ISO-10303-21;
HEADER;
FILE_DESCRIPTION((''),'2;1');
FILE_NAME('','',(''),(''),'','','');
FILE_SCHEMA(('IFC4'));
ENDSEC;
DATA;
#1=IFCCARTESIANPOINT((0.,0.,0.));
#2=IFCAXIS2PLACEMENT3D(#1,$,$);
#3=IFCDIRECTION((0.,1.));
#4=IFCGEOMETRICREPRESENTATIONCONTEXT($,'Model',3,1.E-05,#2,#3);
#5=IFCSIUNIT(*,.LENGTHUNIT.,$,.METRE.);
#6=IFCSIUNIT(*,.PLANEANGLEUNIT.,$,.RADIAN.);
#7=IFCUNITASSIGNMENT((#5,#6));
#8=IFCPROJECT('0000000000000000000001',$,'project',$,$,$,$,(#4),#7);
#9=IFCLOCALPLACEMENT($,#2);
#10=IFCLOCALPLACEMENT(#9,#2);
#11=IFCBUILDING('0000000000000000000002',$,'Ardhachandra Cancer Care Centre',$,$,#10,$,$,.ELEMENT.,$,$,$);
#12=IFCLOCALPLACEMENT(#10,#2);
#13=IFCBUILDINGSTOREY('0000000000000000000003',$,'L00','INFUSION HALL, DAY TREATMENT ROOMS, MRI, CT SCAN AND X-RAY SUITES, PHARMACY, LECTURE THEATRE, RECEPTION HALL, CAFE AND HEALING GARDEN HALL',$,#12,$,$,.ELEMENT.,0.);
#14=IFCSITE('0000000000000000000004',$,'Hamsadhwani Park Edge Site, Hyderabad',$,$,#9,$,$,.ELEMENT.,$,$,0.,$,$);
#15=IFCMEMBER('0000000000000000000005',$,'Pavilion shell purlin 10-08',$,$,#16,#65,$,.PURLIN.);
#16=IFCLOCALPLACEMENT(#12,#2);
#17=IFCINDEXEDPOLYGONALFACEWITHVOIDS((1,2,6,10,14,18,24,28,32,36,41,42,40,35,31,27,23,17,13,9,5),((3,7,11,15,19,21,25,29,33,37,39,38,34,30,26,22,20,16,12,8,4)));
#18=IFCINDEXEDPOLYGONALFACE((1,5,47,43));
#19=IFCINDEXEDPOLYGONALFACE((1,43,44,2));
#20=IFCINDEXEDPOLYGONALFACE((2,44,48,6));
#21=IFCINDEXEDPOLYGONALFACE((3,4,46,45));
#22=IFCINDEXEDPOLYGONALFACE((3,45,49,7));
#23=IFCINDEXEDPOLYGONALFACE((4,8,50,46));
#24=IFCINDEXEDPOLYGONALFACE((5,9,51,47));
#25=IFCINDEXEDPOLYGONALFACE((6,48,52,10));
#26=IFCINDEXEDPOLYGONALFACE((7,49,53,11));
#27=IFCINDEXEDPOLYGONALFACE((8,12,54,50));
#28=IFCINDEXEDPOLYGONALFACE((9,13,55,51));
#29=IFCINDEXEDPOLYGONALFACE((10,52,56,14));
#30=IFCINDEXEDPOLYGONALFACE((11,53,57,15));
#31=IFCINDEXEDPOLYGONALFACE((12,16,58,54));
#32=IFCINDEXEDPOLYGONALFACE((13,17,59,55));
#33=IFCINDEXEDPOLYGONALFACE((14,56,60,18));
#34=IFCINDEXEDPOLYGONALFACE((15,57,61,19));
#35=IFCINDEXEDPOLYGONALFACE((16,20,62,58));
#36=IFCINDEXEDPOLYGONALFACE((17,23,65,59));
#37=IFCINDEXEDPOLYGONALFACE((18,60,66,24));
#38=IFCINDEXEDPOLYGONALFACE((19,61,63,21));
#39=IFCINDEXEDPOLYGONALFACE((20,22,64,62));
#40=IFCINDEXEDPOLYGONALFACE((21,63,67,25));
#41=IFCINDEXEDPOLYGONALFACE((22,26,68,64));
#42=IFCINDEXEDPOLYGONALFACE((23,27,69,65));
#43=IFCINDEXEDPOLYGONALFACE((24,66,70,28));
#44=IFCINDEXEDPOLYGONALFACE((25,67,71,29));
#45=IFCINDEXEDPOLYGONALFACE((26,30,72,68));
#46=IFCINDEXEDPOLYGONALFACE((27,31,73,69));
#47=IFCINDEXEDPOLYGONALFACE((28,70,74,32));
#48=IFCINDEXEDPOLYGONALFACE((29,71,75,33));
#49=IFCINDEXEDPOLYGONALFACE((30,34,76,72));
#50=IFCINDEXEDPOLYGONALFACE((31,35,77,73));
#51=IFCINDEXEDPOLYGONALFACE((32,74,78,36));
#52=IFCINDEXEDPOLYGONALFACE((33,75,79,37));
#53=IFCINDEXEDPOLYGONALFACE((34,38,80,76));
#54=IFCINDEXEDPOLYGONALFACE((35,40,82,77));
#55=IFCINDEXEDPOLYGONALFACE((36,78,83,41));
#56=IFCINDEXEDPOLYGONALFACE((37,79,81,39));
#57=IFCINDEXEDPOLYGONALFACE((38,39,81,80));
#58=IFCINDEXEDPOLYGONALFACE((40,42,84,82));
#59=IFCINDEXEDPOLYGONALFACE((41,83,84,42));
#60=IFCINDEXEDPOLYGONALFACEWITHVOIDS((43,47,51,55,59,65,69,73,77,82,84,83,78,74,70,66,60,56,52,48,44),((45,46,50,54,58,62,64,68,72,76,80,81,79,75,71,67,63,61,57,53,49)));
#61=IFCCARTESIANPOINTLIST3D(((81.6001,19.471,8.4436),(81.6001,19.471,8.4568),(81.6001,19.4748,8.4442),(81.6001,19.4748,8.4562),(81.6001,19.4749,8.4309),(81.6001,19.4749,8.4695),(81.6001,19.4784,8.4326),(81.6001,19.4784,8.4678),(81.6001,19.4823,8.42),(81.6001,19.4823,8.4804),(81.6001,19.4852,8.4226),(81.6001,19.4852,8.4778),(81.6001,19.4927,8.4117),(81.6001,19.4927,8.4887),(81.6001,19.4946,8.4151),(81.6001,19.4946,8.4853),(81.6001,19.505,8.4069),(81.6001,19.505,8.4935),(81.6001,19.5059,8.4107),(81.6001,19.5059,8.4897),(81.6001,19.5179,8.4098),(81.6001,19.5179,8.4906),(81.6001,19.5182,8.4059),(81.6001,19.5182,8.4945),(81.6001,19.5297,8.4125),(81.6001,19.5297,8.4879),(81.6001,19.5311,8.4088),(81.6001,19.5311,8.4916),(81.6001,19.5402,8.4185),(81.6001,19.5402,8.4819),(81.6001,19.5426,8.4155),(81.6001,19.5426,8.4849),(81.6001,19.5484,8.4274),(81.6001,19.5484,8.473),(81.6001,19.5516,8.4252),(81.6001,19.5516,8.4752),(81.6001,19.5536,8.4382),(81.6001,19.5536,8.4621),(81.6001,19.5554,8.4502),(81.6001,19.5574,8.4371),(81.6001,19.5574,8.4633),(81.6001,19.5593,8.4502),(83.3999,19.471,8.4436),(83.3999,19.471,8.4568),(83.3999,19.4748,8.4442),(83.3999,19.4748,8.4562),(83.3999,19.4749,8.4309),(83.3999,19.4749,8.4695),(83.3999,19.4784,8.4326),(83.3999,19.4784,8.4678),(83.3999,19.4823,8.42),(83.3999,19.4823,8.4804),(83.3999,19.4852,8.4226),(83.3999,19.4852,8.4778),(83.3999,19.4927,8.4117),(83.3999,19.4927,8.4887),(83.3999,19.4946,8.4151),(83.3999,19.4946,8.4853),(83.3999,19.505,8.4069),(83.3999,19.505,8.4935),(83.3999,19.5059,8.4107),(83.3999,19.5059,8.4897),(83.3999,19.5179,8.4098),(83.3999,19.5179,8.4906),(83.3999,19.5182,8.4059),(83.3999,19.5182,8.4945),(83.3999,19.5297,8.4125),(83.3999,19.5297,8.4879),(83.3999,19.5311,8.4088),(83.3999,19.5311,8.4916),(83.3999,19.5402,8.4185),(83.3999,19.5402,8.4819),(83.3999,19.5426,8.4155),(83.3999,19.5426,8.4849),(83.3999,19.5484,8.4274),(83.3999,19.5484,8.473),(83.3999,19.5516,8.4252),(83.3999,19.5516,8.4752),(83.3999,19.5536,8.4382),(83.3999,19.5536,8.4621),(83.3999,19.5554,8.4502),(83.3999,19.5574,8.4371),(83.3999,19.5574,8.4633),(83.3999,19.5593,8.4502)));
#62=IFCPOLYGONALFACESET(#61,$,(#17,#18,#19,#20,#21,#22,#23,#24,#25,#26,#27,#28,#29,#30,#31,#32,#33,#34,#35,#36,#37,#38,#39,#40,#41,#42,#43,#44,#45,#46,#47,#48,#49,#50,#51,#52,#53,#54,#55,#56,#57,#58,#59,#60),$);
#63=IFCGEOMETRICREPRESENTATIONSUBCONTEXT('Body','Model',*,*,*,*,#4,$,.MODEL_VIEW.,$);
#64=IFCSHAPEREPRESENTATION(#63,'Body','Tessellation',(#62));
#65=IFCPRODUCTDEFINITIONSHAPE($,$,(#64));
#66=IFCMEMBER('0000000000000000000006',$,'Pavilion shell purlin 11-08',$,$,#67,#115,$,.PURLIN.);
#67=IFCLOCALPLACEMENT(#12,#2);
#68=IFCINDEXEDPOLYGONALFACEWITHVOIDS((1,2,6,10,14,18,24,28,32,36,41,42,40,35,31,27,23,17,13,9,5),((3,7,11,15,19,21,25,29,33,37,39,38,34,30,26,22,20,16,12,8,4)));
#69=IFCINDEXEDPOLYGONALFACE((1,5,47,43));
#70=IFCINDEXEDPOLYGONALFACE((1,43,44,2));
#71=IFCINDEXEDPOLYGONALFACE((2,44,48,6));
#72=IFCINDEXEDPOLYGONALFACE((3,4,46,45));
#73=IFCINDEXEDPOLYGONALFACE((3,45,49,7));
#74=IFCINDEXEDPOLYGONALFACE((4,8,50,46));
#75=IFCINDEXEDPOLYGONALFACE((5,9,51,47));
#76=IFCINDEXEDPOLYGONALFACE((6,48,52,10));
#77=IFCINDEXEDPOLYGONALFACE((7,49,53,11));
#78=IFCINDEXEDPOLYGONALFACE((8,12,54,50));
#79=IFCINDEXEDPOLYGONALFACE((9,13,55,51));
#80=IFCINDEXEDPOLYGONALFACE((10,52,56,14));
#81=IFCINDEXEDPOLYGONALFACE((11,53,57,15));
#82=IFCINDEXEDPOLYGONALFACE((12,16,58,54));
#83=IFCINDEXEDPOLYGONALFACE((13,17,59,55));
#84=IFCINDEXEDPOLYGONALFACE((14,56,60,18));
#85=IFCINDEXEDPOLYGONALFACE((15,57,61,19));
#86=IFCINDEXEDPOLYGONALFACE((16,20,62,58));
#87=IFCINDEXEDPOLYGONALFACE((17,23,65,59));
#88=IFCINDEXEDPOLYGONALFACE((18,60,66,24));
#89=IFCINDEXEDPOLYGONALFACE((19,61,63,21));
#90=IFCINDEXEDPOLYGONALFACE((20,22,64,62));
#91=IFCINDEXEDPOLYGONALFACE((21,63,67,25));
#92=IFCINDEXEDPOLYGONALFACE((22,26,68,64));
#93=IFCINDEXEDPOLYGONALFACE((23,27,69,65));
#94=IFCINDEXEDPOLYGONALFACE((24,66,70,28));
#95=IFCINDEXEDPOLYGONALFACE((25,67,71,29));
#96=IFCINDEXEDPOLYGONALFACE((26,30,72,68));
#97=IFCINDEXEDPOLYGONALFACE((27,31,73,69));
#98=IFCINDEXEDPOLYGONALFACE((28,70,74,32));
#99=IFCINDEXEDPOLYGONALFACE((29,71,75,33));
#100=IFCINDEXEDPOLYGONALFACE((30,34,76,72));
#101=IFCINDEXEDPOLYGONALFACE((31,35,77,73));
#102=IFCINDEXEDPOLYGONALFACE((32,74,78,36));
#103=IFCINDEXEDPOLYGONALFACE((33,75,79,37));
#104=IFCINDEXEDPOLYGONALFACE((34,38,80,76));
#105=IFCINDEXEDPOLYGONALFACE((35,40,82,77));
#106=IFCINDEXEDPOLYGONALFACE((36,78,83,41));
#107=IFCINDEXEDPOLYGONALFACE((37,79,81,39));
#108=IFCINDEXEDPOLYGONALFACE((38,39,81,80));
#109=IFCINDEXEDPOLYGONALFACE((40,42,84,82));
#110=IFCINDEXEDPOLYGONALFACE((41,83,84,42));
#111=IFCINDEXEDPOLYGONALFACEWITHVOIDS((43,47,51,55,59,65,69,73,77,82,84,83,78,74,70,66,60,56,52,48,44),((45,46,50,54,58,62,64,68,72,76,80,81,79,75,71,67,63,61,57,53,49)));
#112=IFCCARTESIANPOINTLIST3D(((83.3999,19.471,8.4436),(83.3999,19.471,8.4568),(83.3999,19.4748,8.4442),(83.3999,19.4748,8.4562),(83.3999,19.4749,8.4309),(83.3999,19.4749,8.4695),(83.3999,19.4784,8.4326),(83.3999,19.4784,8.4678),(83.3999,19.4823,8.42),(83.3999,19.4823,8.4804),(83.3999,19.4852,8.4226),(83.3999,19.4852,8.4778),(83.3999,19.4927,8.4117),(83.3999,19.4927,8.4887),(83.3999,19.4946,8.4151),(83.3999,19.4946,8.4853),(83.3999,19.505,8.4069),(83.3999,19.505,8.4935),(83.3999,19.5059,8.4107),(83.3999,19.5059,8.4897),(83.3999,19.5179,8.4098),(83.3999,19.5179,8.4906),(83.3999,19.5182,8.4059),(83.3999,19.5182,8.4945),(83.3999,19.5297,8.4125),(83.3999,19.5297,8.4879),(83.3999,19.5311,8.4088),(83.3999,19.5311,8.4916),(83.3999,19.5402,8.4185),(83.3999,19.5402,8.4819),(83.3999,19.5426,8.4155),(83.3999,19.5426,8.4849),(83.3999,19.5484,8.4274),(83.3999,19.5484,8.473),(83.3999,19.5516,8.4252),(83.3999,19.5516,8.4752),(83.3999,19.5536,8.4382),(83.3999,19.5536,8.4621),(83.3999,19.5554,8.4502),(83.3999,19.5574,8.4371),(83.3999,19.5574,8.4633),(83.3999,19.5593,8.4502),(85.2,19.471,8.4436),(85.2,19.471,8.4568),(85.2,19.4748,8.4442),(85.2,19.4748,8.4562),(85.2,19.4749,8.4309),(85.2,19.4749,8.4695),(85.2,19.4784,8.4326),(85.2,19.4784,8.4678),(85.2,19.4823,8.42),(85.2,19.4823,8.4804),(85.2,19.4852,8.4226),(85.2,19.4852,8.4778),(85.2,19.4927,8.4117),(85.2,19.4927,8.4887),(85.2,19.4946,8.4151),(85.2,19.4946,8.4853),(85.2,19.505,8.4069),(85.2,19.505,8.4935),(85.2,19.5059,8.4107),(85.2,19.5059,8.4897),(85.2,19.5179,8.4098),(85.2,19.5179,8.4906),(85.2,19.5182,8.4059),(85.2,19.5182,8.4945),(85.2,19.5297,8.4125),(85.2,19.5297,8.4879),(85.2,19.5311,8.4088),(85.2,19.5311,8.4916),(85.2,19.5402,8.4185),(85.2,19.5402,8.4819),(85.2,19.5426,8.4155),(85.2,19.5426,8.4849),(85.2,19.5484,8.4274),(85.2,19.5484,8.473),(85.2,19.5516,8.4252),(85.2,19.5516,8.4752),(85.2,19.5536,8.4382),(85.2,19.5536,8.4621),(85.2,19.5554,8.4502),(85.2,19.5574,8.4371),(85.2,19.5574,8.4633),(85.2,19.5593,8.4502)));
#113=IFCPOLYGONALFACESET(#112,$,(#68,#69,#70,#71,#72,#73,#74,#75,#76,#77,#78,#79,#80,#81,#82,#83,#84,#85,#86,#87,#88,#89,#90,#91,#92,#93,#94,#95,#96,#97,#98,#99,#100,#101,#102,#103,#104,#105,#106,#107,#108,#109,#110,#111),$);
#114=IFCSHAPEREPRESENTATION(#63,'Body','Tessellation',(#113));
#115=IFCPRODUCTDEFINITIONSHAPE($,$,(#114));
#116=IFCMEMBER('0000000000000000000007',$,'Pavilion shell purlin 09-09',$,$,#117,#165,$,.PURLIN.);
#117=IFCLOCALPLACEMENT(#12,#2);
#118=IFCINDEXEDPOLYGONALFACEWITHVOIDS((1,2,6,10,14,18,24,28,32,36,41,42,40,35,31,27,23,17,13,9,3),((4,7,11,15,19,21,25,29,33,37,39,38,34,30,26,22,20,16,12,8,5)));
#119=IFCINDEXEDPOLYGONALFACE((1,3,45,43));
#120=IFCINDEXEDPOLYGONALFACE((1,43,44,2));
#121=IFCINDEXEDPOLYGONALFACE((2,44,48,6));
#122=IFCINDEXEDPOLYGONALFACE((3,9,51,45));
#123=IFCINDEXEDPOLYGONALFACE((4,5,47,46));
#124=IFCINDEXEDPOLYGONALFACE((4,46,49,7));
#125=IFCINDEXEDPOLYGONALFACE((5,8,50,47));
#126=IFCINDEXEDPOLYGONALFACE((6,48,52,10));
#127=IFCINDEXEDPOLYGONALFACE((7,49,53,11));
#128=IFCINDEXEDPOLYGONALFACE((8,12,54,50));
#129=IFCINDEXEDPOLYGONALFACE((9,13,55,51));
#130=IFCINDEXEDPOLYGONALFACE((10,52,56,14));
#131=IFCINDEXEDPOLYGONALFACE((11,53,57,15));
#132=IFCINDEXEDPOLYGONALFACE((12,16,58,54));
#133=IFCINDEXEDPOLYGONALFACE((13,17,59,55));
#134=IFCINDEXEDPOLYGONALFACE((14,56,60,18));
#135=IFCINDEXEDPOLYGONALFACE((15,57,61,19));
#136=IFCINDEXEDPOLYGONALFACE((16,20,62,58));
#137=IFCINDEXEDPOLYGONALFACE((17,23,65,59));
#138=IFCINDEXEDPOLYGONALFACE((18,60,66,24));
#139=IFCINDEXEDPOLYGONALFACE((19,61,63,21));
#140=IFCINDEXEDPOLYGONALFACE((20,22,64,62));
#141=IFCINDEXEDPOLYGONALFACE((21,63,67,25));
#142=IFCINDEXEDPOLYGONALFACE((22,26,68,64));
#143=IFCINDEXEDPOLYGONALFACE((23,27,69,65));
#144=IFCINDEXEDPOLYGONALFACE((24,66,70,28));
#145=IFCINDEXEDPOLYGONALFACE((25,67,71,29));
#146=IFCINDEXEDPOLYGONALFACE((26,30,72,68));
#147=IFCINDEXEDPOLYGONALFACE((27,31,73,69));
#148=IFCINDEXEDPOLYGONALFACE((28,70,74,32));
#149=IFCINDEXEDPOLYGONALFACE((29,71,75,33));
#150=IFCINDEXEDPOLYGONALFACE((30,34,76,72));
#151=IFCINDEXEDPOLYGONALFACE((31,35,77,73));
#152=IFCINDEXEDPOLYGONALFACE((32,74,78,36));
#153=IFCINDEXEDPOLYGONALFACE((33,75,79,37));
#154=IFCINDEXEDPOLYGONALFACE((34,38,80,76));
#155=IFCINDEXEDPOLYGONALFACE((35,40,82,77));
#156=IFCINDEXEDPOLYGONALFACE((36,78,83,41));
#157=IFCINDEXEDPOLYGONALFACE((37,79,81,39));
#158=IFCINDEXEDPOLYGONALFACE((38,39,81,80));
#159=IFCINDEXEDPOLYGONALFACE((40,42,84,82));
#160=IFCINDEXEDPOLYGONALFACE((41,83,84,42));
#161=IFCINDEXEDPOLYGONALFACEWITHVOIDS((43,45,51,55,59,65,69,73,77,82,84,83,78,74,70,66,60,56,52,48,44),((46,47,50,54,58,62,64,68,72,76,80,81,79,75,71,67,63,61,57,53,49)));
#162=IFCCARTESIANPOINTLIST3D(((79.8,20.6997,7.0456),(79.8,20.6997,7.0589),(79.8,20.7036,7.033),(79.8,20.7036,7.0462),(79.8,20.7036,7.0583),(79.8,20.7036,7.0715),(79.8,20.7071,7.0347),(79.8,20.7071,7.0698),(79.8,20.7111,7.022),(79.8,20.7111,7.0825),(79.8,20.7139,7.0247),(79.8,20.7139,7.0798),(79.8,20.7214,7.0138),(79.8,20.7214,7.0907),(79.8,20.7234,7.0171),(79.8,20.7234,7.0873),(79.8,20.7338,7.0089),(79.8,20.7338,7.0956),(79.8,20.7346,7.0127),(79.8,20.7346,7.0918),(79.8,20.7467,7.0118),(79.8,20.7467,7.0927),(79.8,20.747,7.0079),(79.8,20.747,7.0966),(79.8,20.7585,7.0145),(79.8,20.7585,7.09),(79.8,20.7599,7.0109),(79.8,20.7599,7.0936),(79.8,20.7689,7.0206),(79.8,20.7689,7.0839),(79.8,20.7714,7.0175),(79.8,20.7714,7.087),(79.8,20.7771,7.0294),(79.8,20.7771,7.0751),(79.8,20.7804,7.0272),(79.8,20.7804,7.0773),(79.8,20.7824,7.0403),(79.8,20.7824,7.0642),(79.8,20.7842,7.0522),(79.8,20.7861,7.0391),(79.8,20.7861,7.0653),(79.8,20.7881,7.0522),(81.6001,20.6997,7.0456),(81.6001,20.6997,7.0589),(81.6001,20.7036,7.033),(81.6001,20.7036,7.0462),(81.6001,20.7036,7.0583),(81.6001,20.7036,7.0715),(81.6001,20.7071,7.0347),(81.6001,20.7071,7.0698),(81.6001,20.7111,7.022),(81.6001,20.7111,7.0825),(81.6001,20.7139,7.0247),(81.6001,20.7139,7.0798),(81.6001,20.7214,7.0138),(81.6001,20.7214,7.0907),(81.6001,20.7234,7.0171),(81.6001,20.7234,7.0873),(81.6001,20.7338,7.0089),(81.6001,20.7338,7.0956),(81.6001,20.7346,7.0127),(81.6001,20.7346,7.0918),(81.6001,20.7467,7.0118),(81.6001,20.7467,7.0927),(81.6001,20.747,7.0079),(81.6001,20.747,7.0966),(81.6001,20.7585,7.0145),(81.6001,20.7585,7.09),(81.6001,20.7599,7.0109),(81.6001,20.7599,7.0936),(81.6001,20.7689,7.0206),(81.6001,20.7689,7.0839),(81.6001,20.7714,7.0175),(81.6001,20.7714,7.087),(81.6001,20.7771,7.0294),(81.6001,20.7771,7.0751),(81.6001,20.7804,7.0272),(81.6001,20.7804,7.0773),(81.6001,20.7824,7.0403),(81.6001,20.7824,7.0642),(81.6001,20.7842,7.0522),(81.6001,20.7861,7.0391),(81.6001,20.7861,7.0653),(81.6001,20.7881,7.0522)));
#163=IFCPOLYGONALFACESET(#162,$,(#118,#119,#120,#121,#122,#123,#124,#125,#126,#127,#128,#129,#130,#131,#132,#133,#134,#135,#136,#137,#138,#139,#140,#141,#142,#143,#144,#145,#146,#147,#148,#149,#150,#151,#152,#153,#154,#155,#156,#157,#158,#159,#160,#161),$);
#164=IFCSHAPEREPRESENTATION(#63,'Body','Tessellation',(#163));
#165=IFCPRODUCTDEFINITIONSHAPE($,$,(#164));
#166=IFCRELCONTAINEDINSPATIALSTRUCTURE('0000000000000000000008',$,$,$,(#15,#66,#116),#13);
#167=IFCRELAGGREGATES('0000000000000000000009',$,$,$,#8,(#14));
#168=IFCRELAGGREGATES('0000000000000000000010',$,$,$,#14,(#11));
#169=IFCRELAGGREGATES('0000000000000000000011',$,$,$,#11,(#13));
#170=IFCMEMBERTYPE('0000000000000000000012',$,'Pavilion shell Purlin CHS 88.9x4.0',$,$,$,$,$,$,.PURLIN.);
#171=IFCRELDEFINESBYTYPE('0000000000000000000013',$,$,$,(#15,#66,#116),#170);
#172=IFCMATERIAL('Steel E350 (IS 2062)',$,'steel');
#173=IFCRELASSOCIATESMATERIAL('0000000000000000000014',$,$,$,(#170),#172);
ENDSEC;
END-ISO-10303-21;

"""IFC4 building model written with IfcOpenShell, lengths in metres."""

from ifc_helpers import new_model, si_unit, direction, frame, origin, origin_2d, place, context, subcontext, project, spatial, hollow_circle, extrude, material, material_profile, profile_set, type_object, element, save


model = new_model("IFC4")

# Units and contexts
model_context = context("Model", 3, precision=1e-05, world=origin(), true_north=direction((0.0, 1.0)))
body_context = subcontext(model_context, "Body", "Model", "MODEL_VIEW")
ifc_project = project(units=[si_unit("LENGTHUNIT", "METRE"), si_unit("PLANEANGLEUNIT", "RADIAN")], contexts=[model_context])

# Site, building, storey
site_placement = place(None, origin())
site = spatial("IfcSite", under=ifc_project, at=site_placement, Name="Hamsadhwani Park Edge Site, Hyderabad", CompositionType="ELEMENT", RefElevation=0.0)
building_placement = place(site_placement, origin())
building = spatial("IfcBuilding", under=site, at=building_placement, Name="Ardhachandra Cancer Care Centre", CompositionType="ELEMENT")
storey_placement = place(building_placement, origin())
storey = spatial("IfcBuildingStorey", under=building, at=storey_placement, Name="L00", Description="INFUSION HALL, DAY TREATMENT ROOMS, MRI, CT SCAN AND X-RAY SUITES, PHARMACY, LECTURE THEATRE, RECEPTION HALL, CAFE AND HEALING GARDEN HALL", CompositionType="ELEMENT", Elevation=0.0)

# Members
ifc_material_1 = material(Name="Steel E350 (IS 2062)", Category="steel")
ifc_material_profile_1 = material_profile(ifc_material_1, hollow_circle(Radius=0.0444, WallThickness=0.0039, at=origin_2d()), Name="CHS 88.9x4.0")
ifc_profile_set_1 = profile_set([ifc_material_profile_1], Name="Steel E350 (IS 2062)")
member_type_1 = type_object("IfcMemberType", Name="Pavilion shell Purlin CHS 88.9x4.0", PredefinedType="PURLIN", material=ifc_profile_set_1)
member_1_placement = place(storey_placement, frame((81.6001, 19.5149, 8.4502), z_axis=(1.0, 0.0, 0.0), x_axis=(0.0, 1.0, 0.0)))
element("IfcMember", 1, at=member_1_placement, inside=storey, type_object=member_type_1, Name="Pavilion shell purlin 10-08", PredefinedType="PURLIN", context=body_context, shape_type="SweptSolid", body=[
    extrude(hollow_circle(Radius=0.0444, WallThickness=0.0039, at=origin_2d()), origin(), (0.0, 0.0, 1.0), 1.7998),
])
for number, where, z_axis, x_axis, name in (
    (2, (83.3999, 19.5149, 8.4502), (1.0, 0.0, 0.0), (0.0, 1.0, 0.0), "Pavilion shell purlin 11-08"),
    (3, (79.8, 20.7437, 7.0522), (1.0, 0.0, 0.0), (0.0, 1.0, 0.0), "Pavilion shell purlin 09-09"),
):
    element("IfcMember", number, at=place(storey_placement, frame(where, z_axis=z_axis, x_axis=x_axis)), inside=storey, type_object=member_type_1, Name=name, PredefinedType="PURLIN", context=body_context, shape_type="SweptSolid", body=[
        extrude(hollow_circle(Radius=0.0444, WallThickness=0.0039, at=origin_2d()), origin(), (0.0, 0.0, 1.0), 1.8),
    ])

save(model, "model.ifc")
